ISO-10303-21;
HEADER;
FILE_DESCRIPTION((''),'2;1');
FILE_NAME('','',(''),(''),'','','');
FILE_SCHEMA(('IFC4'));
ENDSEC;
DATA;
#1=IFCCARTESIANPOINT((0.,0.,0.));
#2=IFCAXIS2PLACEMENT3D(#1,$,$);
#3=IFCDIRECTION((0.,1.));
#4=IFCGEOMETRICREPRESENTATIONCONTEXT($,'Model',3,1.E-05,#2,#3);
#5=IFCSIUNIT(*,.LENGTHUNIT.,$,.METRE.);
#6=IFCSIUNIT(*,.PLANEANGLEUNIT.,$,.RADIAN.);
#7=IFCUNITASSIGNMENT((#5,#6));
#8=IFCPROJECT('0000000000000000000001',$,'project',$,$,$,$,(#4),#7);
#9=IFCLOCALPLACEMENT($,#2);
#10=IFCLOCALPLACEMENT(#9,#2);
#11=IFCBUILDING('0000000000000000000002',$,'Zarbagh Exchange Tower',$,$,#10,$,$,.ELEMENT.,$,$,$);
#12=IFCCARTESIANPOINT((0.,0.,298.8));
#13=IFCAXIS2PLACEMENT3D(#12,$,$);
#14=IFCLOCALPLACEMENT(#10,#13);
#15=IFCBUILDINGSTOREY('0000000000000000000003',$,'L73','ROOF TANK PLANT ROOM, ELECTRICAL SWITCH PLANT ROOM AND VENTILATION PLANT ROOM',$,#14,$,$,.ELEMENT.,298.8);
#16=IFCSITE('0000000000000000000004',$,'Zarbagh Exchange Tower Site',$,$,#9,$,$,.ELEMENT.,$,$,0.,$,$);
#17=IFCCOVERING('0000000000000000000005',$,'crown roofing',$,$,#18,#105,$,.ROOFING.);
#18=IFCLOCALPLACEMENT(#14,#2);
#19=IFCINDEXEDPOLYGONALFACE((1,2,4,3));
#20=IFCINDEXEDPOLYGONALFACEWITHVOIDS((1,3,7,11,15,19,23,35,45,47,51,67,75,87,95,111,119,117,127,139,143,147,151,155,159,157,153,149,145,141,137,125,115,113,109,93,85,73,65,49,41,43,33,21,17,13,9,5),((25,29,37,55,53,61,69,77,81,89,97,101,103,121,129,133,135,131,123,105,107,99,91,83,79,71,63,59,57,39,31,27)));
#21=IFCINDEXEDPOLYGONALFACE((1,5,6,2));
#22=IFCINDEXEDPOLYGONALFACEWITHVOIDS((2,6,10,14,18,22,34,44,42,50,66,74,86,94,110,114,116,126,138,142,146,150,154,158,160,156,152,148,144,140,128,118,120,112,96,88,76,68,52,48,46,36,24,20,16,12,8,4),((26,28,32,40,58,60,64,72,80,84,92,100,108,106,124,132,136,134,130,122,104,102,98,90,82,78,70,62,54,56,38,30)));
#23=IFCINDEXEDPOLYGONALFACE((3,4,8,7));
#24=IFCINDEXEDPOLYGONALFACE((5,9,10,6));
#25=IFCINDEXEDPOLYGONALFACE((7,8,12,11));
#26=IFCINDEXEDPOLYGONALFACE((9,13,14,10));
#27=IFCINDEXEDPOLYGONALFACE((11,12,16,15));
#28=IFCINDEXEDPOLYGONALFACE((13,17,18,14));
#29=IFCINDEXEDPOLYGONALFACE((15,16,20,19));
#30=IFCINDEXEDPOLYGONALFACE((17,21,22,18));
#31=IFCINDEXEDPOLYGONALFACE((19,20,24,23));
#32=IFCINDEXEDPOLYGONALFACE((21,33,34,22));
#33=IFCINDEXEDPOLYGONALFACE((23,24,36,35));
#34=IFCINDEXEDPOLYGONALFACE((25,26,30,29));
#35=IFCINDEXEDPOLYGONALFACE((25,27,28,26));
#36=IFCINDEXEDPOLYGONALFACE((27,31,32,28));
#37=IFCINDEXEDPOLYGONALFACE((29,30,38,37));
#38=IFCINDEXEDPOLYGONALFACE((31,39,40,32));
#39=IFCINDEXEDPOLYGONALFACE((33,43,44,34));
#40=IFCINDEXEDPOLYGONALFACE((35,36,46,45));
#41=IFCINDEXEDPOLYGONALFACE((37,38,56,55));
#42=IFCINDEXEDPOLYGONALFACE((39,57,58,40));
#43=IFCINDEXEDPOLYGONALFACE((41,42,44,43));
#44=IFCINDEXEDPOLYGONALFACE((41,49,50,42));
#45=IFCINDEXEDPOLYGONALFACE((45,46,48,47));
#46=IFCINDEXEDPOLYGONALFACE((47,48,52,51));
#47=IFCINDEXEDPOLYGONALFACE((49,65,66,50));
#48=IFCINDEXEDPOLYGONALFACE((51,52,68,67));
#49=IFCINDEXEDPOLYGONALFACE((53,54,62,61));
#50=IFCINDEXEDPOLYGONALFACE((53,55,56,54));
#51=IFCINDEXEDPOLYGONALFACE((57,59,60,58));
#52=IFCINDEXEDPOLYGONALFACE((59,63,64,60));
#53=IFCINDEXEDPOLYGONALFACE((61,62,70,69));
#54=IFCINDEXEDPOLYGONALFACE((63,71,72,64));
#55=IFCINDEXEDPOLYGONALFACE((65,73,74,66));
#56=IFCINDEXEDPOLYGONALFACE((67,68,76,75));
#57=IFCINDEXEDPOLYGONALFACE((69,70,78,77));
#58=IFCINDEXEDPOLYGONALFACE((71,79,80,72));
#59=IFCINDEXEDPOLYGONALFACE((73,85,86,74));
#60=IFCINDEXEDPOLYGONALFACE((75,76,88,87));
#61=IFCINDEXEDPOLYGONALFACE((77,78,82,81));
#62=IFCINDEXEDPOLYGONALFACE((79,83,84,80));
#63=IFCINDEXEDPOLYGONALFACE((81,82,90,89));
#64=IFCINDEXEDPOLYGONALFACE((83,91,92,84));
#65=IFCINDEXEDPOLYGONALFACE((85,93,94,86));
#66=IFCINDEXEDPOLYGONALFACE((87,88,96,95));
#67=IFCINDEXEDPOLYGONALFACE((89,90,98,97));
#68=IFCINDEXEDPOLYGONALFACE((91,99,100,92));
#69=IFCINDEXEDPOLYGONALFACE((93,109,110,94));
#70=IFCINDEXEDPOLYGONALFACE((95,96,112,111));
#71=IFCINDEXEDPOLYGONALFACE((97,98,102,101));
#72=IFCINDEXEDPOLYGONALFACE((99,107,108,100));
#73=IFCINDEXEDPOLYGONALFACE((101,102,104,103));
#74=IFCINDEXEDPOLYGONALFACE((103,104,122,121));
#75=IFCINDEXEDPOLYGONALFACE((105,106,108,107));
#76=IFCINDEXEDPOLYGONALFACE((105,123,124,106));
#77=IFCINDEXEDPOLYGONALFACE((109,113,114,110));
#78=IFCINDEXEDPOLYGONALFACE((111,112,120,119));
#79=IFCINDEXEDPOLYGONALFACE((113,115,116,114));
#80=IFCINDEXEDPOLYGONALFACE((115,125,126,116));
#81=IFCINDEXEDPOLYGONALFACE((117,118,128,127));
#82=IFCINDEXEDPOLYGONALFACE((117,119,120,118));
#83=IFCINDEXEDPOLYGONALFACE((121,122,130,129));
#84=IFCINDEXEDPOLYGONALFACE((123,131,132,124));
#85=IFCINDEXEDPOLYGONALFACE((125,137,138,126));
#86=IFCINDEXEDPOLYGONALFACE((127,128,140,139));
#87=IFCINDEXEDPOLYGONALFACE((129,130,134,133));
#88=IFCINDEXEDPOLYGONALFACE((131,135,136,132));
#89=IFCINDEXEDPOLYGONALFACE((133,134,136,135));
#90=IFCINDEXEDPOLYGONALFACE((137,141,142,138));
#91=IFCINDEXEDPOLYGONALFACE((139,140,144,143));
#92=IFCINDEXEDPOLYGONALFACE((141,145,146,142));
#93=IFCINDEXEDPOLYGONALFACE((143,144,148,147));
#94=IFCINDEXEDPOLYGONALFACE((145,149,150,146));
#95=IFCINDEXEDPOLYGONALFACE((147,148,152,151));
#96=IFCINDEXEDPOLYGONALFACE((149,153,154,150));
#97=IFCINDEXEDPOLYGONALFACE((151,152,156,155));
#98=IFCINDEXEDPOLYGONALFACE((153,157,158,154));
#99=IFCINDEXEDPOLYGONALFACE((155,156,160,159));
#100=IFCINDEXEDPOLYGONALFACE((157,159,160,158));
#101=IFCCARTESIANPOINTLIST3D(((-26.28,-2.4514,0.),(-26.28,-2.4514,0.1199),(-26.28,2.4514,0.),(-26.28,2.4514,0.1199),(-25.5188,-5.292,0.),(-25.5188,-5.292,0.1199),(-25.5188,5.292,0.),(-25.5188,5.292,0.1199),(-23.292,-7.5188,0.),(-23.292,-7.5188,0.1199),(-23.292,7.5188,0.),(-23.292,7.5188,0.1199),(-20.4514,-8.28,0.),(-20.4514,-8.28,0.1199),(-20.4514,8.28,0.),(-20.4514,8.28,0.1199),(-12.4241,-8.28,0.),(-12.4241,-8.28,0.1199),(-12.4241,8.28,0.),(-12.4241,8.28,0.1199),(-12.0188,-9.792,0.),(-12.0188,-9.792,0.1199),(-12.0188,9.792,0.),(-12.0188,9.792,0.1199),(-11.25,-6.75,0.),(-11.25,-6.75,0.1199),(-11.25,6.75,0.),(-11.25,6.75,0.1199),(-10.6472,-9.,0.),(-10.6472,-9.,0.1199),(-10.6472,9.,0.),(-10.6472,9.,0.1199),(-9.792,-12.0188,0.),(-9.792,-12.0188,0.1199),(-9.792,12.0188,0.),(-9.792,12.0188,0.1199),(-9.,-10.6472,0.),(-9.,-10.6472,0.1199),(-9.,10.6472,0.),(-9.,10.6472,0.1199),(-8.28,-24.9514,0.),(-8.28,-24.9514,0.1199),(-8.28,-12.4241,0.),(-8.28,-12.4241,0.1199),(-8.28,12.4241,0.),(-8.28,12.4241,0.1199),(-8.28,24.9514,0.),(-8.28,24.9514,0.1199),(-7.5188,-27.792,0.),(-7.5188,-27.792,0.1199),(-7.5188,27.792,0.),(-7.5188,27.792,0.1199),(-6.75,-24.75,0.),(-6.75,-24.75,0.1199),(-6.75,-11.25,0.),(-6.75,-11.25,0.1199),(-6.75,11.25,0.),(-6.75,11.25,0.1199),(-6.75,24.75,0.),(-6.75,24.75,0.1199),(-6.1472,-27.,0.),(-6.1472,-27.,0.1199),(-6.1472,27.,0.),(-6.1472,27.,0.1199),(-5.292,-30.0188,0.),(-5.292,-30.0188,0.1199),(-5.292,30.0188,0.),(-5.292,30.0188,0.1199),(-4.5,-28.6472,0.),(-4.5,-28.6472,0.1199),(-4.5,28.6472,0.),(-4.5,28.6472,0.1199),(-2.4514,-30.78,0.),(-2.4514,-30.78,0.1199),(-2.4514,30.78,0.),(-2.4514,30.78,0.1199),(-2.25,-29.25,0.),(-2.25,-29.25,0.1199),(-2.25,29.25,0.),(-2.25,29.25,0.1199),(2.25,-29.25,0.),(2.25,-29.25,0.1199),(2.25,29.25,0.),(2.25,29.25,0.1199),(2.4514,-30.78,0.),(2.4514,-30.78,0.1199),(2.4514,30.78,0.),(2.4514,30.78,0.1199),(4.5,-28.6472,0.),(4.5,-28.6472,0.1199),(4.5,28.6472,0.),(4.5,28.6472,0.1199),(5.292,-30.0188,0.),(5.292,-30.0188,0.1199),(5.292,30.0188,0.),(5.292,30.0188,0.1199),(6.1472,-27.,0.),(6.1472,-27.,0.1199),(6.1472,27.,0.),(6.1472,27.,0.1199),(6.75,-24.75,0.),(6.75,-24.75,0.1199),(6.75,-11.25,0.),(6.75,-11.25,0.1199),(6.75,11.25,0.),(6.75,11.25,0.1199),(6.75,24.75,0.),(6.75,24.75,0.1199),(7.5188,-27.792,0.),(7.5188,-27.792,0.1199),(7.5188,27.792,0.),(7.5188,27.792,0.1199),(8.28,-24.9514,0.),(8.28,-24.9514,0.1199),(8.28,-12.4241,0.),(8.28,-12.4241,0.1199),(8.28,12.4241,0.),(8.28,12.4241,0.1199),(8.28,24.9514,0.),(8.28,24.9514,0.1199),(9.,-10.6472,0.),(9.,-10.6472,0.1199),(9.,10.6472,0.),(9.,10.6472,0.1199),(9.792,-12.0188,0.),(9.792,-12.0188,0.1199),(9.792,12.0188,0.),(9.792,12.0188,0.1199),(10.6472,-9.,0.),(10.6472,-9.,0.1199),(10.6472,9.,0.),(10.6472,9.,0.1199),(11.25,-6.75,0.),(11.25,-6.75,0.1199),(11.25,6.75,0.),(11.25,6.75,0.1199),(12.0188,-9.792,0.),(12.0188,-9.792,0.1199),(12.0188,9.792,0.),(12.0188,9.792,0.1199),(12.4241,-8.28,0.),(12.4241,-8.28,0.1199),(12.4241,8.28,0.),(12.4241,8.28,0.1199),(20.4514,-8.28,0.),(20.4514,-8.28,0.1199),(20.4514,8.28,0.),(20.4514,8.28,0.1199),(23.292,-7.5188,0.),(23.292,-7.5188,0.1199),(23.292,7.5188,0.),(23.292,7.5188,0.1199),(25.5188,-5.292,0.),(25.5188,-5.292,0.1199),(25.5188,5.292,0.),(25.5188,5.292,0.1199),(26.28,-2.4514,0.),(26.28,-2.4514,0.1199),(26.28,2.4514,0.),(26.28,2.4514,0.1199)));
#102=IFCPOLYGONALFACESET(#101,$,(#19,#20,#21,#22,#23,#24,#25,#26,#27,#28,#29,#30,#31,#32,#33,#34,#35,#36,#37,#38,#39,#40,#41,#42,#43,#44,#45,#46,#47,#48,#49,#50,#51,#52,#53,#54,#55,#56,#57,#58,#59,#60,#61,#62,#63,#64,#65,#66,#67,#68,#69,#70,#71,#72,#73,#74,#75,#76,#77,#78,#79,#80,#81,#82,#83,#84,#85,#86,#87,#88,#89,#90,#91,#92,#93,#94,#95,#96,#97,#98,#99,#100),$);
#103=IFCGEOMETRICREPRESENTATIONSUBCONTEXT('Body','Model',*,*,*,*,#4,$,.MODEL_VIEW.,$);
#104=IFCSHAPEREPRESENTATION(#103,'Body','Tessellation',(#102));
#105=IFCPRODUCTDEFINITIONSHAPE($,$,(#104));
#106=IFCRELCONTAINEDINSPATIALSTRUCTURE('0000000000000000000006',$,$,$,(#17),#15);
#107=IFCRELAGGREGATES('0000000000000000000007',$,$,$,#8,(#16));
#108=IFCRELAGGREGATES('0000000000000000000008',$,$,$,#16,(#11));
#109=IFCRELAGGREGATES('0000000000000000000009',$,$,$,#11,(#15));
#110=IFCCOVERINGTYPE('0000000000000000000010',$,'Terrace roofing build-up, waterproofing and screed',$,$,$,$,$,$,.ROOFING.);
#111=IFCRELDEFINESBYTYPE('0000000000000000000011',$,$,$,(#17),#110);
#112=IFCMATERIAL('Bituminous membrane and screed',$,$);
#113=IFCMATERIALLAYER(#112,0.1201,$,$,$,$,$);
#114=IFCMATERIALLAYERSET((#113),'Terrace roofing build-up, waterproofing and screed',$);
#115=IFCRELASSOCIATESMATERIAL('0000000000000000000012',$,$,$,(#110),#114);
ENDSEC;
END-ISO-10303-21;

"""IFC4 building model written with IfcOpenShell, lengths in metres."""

from ifc_helpers import new_model, si_unit, direction, frame, origin, place, context, subcontext, project, spatial, polyline, outline, extrude, material, layer, layer_set, type_object, element, save


model = new_model("IFC4")

# Units and contexts
model_context = context("Model", 3, precision=1e-05, world=origin(), true_north=direction((0.0, 1.0)))
body_context = subcontext(model_context, "Body", "Model", "MODEL_VIEW")
ifc_project = project(units=[si_unit("LENGTHUNIT", "METRE"), si_unit("PLANEANGLEUNIT", "RADIAN")], contexts=[model_context])

# Site, building, storey
site_placement = place(None, origin())
site = spatial("IfcSite", under=ifc_project, at=site_placement, Name="Zarbagh Exchange Tower Site", CompositionType="ELEMENT", RefElevation=0.0)
building_placement = place(site_placement, origin())
building = spatial("IfcBuilding", under=site, at=building_placement, Name="Zarbagh Exchange Tower", CompositionType="ELEMENT")
storey_placement = place(building_placement, frame((0.0, 0.0, 298.8)))
storey = spatial("IfcBuildingStorey", under=building, at=storey_placement, Name="L73", Description="ROOF TANK PLANT ROOM, ELECTRICAL SWITCH PLANT ROOM AND VENTILATION PLANT ROOM", CompositionType="ELEMENT", Elevation=298.8)

# Covering
ifc_material_1 = material(Name="Bituminous membrane and screed")
ifc_layer_1 = layer(ifc_material_1, 0.1201)
ifc_layer_set_1 = layer_set([ifc_layer_1], Name="Terrace roofing build-up, waterproofing and screed")
covering_type = type_object("IfcCoveringType", Name="Terrace roofing build-up, waterproofing and screed", PredefinedType="ROOFING", material=ifc_layer_set_1)
covering_1_placement = place(storey_placement, origin())
element("IfcCovering", 1, at=covering_1_placement, inside=storey, type_object=covering_type, Name="crown roofing", PredefinedType="ROOFING", context=body_context, shape_type="SweptSolid", body=[
    extrude(outline(polyline([(-8.28, 24.9514), (-7.5188, 27.792), (-5.292, 30.0188), (-2.4514, 30.78), (2.4514, 30.78), (5.292, 30.0188), (7.5188, 27.792), (8.28, 24.9514), (8.28, 12.4241), (9.792, 12.0188), (12.0188, 9.792), (12.4241, 8.28), (20.4514, 8.28), (23.292, 7.5188), (25.5188, 5.292), (26.28, 2.4514), (26.28, -2.4514), (25.5188, -5.292), (23.292, -7.5188), (20.4514, -8.28), (12.4241, -8.28), (12.0188, -9.792), (9.792, -12.0188), (8.28, -12.4241), (8.28, -24.9514), (7.5188, -27.792), (5.292, -30.0188), (2.4514, -30.78), (-2.4514, -30.78), (-5.292, -30.0188), (-7.5188, -27.792), (-8.28, -24.9514), (-8.28, -12.4241), (-9.792, -12.0188), (-12.0188, -9.792), (-12.4241, -8.28), (-20.4514, -8.28), (-23.292, -7.5188), (-25.5188, -5.292), (-26.28, -2.4514), (-26.28, 2.4514), (-25.5188, 5.292), (-23.292, 7.5188), (-20.4514, 8.28), (-12.4241, 8.28), (-12.0188, 9.792), (-9.792, 12.0188), (-8.28, 12.4241), (-8.28, 24.9514)]), holes=[polyline([(6.1472, -27.0), (6.75, -24.75), (6.75, -11.25), (9.0, -10.6472), (10.6472, -9.0), (11.25, -6.75), (11.25, 6.75), (10.6472, 9.0), (9.0, 10.6472), (6.75, 11.25), (6.75, 24.75), (6.1472, 27.0), (4.5, 28.6472), (2.25, 29.25), (-2.25, 29.25), (-4.5, 28.6472), (-6.1472, 27.0), (-6.75, 24.75), (-6.75, 11.25), (-9.0, 10.6472), (-10.6472, 9.0), (-11.25, 6.75), (-11.25, -6.75), (-10.6472, -9.0), (-9.0, -10.6472), (-6.75, -11.25), (-6.75, -24.75), (-6.1472, -27.0), (-4.5, -28.6472), (-2.25, -29.25), (2.25, -29.25), (4.5, -28.6472), (6.1472, -27.0)])]), origin(), (0.0, 0.0, 1.0), 0.1199),
])

save(model, "model.ifc")
